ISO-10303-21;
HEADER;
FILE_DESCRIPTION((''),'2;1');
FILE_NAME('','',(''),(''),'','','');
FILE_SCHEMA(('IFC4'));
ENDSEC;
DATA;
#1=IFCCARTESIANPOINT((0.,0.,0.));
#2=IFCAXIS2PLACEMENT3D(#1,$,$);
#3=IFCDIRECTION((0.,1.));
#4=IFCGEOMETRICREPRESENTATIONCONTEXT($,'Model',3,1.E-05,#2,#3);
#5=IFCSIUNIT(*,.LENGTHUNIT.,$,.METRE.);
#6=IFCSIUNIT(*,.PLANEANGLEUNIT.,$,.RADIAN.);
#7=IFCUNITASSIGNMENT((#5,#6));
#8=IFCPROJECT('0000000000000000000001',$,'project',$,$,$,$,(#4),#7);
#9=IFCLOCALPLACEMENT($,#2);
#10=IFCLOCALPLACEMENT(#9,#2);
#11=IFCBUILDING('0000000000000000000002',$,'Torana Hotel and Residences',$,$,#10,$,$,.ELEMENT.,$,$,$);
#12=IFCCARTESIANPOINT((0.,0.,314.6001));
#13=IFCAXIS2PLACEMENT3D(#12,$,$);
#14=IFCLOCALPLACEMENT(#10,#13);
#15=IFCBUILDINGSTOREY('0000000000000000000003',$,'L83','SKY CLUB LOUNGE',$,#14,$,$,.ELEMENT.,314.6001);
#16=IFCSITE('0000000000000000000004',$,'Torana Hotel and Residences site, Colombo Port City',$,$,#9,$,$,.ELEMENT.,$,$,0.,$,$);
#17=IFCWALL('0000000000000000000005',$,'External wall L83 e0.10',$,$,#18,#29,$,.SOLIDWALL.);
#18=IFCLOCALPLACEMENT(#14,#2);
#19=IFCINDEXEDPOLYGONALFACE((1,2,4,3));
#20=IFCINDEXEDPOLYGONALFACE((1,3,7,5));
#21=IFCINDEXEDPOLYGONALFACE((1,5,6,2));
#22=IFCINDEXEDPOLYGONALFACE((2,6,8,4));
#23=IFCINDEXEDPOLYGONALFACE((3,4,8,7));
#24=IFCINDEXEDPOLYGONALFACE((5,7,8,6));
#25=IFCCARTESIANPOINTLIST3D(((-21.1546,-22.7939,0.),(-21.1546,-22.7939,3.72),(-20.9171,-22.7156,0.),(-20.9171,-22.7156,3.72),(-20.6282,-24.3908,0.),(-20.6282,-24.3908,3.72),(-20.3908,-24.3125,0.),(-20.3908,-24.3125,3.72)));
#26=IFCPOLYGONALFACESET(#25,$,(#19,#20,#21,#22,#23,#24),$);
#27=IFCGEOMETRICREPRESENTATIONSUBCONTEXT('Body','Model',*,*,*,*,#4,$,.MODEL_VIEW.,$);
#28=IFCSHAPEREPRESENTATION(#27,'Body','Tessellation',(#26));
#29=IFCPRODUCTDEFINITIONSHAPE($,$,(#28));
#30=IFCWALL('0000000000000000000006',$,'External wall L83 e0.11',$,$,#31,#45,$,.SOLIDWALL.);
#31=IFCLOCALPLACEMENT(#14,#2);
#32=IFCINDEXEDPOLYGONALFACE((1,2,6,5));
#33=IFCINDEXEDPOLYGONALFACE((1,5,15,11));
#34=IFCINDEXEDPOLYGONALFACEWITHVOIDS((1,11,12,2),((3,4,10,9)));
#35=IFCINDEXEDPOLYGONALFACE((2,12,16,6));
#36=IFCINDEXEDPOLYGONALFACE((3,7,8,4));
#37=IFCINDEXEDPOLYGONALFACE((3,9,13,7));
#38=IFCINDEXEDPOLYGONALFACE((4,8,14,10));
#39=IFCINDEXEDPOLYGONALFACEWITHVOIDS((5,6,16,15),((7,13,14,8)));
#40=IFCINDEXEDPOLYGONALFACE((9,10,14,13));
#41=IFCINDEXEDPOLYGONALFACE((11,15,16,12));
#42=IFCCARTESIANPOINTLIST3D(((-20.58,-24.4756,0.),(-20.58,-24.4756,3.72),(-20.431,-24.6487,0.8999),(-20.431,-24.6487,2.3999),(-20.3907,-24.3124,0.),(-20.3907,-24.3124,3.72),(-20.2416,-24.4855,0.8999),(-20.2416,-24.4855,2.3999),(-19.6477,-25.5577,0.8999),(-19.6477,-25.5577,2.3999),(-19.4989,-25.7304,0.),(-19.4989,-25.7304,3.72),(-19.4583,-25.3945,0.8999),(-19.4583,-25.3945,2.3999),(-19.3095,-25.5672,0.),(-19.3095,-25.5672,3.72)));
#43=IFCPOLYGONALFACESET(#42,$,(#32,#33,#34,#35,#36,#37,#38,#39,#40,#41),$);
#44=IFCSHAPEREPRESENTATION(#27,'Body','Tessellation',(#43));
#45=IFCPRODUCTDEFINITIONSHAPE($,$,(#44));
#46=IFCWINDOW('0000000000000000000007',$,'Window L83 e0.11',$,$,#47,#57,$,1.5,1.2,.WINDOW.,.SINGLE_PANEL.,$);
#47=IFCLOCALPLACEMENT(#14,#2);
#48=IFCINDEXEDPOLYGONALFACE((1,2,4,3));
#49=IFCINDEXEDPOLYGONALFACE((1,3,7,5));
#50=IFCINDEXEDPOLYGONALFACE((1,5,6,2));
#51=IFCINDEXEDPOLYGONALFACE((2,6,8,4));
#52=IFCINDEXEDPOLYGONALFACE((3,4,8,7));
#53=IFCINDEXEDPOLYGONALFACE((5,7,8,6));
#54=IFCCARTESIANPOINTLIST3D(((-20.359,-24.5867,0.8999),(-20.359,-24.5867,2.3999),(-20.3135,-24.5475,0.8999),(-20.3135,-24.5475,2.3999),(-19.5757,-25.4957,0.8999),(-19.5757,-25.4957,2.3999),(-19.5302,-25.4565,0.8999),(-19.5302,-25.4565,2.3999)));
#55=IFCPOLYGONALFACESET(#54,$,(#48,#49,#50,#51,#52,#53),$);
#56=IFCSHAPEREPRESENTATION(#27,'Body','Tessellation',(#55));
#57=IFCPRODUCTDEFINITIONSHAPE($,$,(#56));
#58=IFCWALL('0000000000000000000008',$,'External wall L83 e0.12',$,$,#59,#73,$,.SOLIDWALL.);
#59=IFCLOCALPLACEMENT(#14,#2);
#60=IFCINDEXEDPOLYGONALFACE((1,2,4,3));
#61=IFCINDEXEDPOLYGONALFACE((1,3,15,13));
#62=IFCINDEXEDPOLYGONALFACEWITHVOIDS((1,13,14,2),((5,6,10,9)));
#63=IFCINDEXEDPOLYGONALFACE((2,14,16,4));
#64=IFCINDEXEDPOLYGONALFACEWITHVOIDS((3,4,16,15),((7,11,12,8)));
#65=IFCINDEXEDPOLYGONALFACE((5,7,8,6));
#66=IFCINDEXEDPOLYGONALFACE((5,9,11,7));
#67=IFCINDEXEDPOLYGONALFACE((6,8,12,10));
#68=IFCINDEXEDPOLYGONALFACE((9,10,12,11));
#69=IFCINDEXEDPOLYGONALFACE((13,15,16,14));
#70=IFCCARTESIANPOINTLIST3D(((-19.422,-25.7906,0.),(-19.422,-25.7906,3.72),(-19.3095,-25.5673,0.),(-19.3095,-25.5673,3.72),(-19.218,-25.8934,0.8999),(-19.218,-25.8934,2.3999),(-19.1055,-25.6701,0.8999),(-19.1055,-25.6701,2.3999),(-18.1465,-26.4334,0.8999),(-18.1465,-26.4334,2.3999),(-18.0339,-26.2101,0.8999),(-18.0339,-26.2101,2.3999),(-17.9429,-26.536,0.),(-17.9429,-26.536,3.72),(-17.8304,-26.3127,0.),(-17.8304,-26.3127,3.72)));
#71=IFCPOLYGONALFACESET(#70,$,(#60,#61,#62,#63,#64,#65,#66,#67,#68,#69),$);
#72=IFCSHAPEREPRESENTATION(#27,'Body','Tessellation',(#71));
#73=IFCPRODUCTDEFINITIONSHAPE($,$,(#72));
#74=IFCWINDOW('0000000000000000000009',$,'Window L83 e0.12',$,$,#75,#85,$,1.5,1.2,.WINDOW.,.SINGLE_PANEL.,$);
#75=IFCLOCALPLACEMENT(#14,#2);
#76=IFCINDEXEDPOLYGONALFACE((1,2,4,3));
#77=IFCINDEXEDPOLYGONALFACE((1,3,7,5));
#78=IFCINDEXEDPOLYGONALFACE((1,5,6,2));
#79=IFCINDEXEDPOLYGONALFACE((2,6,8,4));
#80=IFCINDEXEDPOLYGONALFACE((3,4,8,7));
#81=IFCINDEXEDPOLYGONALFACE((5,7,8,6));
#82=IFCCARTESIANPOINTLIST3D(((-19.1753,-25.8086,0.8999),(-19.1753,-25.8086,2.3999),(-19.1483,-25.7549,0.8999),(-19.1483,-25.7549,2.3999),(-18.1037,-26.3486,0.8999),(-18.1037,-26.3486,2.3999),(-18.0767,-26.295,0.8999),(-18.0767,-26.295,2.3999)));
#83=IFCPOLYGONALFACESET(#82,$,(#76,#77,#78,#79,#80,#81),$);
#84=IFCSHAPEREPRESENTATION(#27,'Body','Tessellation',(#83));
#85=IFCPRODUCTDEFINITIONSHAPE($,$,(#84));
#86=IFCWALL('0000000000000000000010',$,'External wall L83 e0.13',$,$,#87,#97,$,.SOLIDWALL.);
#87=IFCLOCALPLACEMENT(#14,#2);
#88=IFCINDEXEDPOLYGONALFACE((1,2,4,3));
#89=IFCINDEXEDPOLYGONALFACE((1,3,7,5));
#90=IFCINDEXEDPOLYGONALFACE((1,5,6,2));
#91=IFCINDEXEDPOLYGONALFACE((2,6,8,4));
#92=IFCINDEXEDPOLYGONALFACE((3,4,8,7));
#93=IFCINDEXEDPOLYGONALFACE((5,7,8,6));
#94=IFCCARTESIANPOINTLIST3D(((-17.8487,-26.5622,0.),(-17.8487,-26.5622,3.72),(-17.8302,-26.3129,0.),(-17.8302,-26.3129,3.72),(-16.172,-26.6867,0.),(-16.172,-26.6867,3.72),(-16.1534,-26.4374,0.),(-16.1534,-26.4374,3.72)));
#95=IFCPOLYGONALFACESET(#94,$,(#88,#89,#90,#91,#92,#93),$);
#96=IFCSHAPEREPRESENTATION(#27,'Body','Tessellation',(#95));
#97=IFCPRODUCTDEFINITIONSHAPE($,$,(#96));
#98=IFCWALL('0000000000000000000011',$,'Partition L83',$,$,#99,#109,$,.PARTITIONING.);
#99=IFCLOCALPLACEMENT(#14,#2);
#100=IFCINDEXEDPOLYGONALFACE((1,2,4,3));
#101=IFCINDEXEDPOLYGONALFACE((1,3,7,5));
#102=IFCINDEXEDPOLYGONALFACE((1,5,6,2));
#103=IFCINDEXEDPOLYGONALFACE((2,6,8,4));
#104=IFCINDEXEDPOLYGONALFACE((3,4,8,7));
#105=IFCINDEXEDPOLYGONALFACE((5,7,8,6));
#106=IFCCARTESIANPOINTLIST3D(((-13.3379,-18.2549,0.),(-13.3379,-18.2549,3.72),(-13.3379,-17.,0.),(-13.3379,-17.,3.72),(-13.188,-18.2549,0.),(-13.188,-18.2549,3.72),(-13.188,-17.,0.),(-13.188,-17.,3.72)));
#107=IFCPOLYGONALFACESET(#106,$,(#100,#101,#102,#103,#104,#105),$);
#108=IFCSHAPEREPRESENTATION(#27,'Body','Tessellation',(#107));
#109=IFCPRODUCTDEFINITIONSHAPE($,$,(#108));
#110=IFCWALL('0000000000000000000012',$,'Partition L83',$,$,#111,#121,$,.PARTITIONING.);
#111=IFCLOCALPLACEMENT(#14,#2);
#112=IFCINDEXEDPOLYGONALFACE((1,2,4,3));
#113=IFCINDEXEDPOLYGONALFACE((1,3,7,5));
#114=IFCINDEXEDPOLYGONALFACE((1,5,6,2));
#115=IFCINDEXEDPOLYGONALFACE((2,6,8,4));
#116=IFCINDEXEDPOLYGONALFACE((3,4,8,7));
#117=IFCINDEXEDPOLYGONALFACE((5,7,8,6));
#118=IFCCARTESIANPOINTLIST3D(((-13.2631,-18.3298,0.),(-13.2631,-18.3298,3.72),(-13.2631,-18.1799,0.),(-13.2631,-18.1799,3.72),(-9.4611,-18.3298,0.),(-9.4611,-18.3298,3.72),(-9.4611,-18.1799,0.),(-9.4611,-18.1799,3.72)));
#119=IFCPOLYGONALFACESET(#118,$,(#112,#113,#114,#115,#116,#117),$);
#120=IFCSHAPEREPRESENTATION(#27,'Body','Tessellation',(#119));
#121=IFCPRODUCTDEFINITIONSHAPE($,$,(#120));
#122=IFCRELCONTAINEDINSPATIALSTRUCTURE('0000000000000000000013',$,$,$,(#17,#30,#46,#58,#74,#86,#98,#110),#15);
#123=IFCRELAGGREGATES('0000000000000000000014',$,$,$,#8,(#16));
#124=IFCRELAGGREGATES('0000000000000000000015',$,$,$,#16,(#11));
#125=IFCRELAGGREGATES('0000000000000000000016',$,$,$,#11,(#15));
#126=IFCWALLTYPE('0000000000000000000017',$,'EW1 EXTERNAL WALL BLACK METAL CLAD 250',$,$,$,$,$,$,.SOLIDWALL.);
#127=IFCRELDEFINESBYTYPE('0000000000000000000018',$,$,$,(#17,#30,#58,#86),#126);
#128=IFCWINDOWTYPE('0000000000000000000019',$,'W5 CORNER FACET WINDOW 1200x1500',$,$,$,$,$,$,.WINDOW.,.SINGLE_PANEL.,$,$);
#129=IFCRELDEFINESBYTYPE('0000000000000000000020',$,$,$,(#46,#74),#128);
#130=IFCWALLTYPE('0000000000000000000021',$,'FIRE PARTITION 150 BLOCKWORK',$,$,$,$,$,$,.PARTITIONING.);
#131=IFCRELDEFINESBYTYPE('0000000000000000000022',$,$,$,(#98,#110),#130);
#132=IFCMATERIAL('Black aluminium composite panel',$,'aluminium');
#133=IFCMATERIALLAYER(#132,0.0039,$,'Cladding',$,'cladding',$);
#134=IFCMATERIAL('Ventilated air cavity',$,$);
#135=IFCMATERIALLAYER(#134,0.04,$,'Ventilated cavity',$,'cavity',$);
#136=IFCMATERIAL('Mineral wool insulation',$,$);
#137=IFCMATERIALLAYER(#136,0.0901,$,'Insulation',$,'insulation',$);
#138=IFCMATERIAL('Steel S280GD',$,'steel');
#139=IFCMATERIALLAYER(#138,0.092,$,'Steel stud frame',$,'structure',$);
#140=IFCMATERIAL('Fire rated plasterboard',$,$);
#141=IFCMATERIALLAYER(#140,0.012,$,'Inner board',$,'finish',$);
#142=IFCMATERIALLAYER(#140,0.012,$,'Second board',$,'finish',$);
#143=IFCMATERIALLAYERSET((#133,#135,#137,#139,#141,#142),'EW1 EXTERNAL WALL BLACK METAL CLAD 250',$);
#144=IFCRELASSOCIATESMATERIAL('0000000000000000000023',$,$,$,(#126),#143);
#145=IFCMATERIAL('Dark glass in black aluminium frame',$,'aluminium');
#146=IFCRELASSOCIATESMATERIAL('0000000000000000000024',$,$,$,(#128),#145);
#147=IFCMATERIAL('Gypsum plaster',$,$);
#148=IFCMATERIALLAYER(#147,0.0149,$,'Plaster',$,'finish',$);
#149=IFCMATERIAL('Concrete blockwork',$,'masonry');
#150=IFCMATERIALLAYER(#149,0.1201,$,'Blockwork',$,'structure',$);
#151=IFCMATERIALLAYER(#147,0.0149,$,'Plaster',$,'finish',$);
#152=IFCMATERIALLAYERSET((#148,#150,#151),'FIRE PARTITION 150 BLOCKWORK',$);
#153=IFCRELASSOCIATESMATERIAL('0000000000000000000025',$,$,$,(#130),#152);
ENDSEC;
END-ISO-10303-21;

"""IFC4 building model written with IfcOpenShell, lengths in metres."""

from ifc_helpers import new_model, si_unit, direction, frame, frame_2d, origin, place, context, subcontext, project, spatial, rectangle, extrude, material, layer, layer_set, type_object, element, fill, save


model = new_model("IFC4")

# Units and contexts
model_context = context("Model", 3, precision=1e-05, world=origin(), true_north=direction((0.0, 1.0)))
body_context = subcontext(model_context, "Body", "Model", "MODEL_VIEW")
ifc_project = project(units=[si_unit("LENGTHUNIT", "METRE"), si_unit("PLANEANGLEUNIT", "RADIAN")], contexts=[model_context])

# Site, building, storey
site_placement = place(None, origin())
site = spatial("IfcSite", under=ifc_project, at=site_placement, Name="Torana Hotel and Residences site, Colombo Port City", CompositionType="ELEMENT", RefElevation=0.0)
building_placement = place(site_placement, origin())
building = spatial("IfcBuilding", under=site, at=building_placement, Name="Torana Hotel and Residences", CompositionType="ELEMENT")
storey_placement = place(building_placement, frame((0.0, 0.0, 314.6001)))
storey = spatial("IfcBuildingStorey", under=building, at=storey_placement, Name="L83", Description="SKY CLUB LOUNGE", CompositionType="ELEMENT", Elevation=314.6001)

# Wall
ifc_material_1 = material(Name="Black aluminium composite panel", Category="aluminium")
ifc_layer_1 = layer(ifc_material_1, 0.0039, Name="Cladding", Category="cladding")
ifc_material_2 = material(Name="Ventilated air cavity")
ifc_layer_2 = layer(ifc_material_2, 0.04, Name="Ventilated cavity", Category="cavity")
ifc_material_3 = material(Name="Mineral wool insulation")
ifc_layer_3 = layer(ifc_material_3, 0.0901, Name="Insulation", Category="insulation")
ifc_material_4 = material(Name="Steel S280GD", Category="steel")
ifc_layer_4 = layer(ifc_material_4, 0.092, Name="Steel stud frame", Category="structure")
ifc_material_5 = material(Name="Fire rated plasterboard")
ifc_layer_5 = layer(ifc_material_5, 0.012, Name="Inner board", Category="finish")
ifc_layer_6 = layer(ifc_material_5, 0.012, Name="Second board", Category="finish")
ifc_layer_set_1 = layer_set([ifc_layer_1, ifc_layer_2, ifc_layer_3, ifc_layer_4, ifc_layer_5, ifc_layer_6], Name="EW1 EXTERNAL WALL BLACK METAL CLAD 250")
wall_type_1 = type_object("IfcWallType", Name="EW1 EXTERNAL WALL BLACK METAL CLAD 250", PredefinedType="SOLIDWALL", material=ifc_layer_set_1)
wall_1_placement = place(storey_placement, frame((-21.0359, -22.7546, 0.0), z_axis=(0.0, 0.0, 1.0), x_axis=(0.313046, -0.949738, 0.0)))
element("IfcWall", 1, at=wall_1_placement, inside=storey, type_object=wall_type_1, Name="External wall L83 e0.10", PredefinedType="SOLIDWALL", context=body_context, shape_type="SweptSolid", body=[
    extrude(rectangle(XDim=1.6814, YDim=0.25, at=frame_2d((0.8408, 0.0))), origin(), (0.0, 0.0, 1.0), 3.72),
])

# Walls, openings, windows
wall_2_placement = place(storey_placement, frame((-20.4854, -24.394, 0.0), z_axis=(0.0, 0.0, 1.0), x_axis=(0.652756, -0.757568, 0.0)))
wall_2 = element("IfcWall", 2, at=wall_2_placement, inside=storey, type_object=wall_type_1, Name="External wall L83 e0.11", PredefinedType="SOLIDWALL", context=body_context, shape_type="SweptSolid", body=[
    extrude(rectangle(XDim=1.6562, YDim=0.25, at=frame_2d((0.8281, 0.0))), origin(), (0.0, 0.0, 1.0), 3.72),
])
opening_1_placement = place(wall_2_placement, frame((0.2283, 0.0, 0.8999)))
opening_1 = element("IfcOpeningElement", 3, at=opening_1_placement, cuts=wall_2, PredefinedType="OPENING", context=body_context, shape_type="SweptSolid", body=[
    extrude(rectangle(XDim=1.2, YDim=1.5, at=frame_2d((0.6001, 0.75))), frame((0.0, 0.135, 0.0), z_axis=(0.0, -1.0, 0.0), x_axis=(1.0, 0.0, 0.0)), (0.0, 0.0, 1.0), 0.27),
])
ifc_material_6 = material(Name="Dark glass in black aluminium frame", Category="aluminium")
window_type = type_object("IfcWindowType", Name="W5 CORNER FACET WINDOW 1200x1500", PartitioningType="SINGLE_PANEL", PredefinedType="WINDOW", material=ifc_material_6)
window_1_placement = place(opening_1_placement, origin())
window_1 = element("IfcWindow", 4, at=window_1_placement, inside=storey, type_object=window_type, Name="Window L83 e0.11", OverallHeight=1.5, OverallWidth=1.2, PartitioningType="SINGLE_PANEL", PredefinedType="WINDOW", context=body_context, shape_type="SweptSolid", body=[
    extrude(rectangle(XDim=1.2, YDim=1.5, at=frame_2d((0.6001, 0.75))), frame((0.0, 0.03, 0.0), z_axis=(0.0, -1.0, 0.0), x_axis=(1.0, 0.0, 0.0)), (0.0, 0.0, 1.0), 0.0601),
])
fill(opening_1, window_1)
wall_3_placement = place(storey_placement, frame((-19.3657, -25.679, 0.0), z_axis=(0.0, 0.0, 1.0), x_axis=(0.893008, -0.450042, 0.0)))
wall_3 = element("IfcWall", 5, at=wall_3_placement, inside=storey, type_object=wall_type_1, Name="External wall L83 e0.12", PredefinedType="SOLIDWALL", context=body_context, shape_type="SweptSolid", body=[
    extrude(rectangle(XDim=1.6562, YDim=0.25, at=frame_2d((0.8281, 0.0))), origin(), (0.0, 0.0, 1.0), 3.72),
])
opening_2_placement = place(wall_3_placement, frame((0.2283, 0.0, 0.8999)))
opening_2 = element("IfcOpeningElement", 6, at=opening_2_placement, cuts=wall_3, PredefinedType="OPENING", context=body_context, shape_type="SweptSolid", body=[
    extrude(rectangle(XDim=1.2, YDim=1.5, at=frame_2d((0.6001, 0.75))), frame((0.0, 0.135, 0.0), z_axis=(0.0, -1.0, 0.0), x_axis=(1.0, 0.0, 0.0)), (0.0, 0.0, 1.0), 0.27),
])
window_2_placement = place(opening_2_placement, origin())
window_2 = element("IfcWindow", 7, at=window_2_placement, inside=storey, type_object=window_type, Name="Window L83 e0.12", OverallHeight=1.5, OverallWidth=1.2, PartitioningType="SINGLE_PANEL", PredefinedType="WINDOW", context=body_context, shape_type="SweptSolid", body=[
    extrude(rectangle(XDim=1.2, YDim=1.5, at=frame_2d((0.6001, 0.75))), frame((0.0, 0.03, 0.0), z_axis=(0.0, -1.0, 0.0), x_axis=(1.0, 0.0, 0.0)), (0.0, 0.0, 1.0), 0.0601),
])
fill(opening_2, window_2)

# Walls
wall_4_placement = place(storey_placement, frame((-17.8396, -26.4375, 0.0), z_axis=(0.0, 0.0, 1.0), x_axis=(0.997254, -0.074054, 0.0)))
element("IfcWall", 8, at=wall_4_placement, inside=storey, type_object=wall_type_1, Name="External wall L83 e0.13", PredefinedType="SOLIDWALL", context=body_context, shape_type="SweptSolid", body=[
    extrude(rectangle(XDim=1.6814, YDim=0.25, at=frame_2d((0.8408, 0.0))), origin(), (0.0, 0.0, 1.0), 3.72),
])
ifc_material_7 = material(Name="Gypsum plaster")
ifc_layer_7 = layer(ifc_material_7, 0.0149, Name="Plaster", Category="finish")
ifc_material_8 = material(Name="Concrete blockwork", Category="masonry")
ifc_layer_8 = layer(ifc_material_8, 0.1201, Name="Blockwork", Category="structure")
ifc_layer_9 = layer(ifc_material_7, 0.0149, Name="Plaster", Category="finish")
ifc_layer_set_2 = layer_set([ifc_layer_7, ifc_layer_8, ifc_layer_9], Name="FIRE PARTITION 150 BLOCKWORK")
wall_type_2 = type_object("IfcWallType", Name="FIRE PARTITION 150 BLOCKWORK", PredefinedType="PARTITIONING", material=ifc_layer_set_2)
wall_5_placement = place(storey_placement, frame((-13.2629, -18.2549, 0.0), z_axis=(0.0, 0.0, 1.0), x_axis=(0.0, 1.0, 0.0)))
element("IfcWall", 9, at=wall_5_placement, inside=storey, type_object=wall_type_2, Name="Partition L83", PredefinedType="PARTITIONING", context=body_context, shape_type="SweptSolid", body=[
    extrude(rectangle(XDim=1.2549, YDim=0.1499, at=frame_2d((0.6274, 0.0))), origin(), (0.0, 0.0, 1.0), 3.72),
])
wall_6_placement = place(storey_placement, frame((-13.2629, -18.2549, 0.0), z_axis=(0.0, 0.0, 1.0), x_axis=(1.0, 0.0, 0.0)))
element("IfcWall", 10, at=wall_6_placement, inside=storey, type_object=wall_type_2, Name="Partition L83", PredefinedType="PARTITIONING", context=body_context, shape_type="SweptSolid", body=[
    extrude(rectangle(XDim=3.802, YDim=0.1499, at=frame_2d((1.9009, 0.0))), origin(), (0.0, 0.0, 1.0), 3.72),
])

save(model, "model.ifc")
